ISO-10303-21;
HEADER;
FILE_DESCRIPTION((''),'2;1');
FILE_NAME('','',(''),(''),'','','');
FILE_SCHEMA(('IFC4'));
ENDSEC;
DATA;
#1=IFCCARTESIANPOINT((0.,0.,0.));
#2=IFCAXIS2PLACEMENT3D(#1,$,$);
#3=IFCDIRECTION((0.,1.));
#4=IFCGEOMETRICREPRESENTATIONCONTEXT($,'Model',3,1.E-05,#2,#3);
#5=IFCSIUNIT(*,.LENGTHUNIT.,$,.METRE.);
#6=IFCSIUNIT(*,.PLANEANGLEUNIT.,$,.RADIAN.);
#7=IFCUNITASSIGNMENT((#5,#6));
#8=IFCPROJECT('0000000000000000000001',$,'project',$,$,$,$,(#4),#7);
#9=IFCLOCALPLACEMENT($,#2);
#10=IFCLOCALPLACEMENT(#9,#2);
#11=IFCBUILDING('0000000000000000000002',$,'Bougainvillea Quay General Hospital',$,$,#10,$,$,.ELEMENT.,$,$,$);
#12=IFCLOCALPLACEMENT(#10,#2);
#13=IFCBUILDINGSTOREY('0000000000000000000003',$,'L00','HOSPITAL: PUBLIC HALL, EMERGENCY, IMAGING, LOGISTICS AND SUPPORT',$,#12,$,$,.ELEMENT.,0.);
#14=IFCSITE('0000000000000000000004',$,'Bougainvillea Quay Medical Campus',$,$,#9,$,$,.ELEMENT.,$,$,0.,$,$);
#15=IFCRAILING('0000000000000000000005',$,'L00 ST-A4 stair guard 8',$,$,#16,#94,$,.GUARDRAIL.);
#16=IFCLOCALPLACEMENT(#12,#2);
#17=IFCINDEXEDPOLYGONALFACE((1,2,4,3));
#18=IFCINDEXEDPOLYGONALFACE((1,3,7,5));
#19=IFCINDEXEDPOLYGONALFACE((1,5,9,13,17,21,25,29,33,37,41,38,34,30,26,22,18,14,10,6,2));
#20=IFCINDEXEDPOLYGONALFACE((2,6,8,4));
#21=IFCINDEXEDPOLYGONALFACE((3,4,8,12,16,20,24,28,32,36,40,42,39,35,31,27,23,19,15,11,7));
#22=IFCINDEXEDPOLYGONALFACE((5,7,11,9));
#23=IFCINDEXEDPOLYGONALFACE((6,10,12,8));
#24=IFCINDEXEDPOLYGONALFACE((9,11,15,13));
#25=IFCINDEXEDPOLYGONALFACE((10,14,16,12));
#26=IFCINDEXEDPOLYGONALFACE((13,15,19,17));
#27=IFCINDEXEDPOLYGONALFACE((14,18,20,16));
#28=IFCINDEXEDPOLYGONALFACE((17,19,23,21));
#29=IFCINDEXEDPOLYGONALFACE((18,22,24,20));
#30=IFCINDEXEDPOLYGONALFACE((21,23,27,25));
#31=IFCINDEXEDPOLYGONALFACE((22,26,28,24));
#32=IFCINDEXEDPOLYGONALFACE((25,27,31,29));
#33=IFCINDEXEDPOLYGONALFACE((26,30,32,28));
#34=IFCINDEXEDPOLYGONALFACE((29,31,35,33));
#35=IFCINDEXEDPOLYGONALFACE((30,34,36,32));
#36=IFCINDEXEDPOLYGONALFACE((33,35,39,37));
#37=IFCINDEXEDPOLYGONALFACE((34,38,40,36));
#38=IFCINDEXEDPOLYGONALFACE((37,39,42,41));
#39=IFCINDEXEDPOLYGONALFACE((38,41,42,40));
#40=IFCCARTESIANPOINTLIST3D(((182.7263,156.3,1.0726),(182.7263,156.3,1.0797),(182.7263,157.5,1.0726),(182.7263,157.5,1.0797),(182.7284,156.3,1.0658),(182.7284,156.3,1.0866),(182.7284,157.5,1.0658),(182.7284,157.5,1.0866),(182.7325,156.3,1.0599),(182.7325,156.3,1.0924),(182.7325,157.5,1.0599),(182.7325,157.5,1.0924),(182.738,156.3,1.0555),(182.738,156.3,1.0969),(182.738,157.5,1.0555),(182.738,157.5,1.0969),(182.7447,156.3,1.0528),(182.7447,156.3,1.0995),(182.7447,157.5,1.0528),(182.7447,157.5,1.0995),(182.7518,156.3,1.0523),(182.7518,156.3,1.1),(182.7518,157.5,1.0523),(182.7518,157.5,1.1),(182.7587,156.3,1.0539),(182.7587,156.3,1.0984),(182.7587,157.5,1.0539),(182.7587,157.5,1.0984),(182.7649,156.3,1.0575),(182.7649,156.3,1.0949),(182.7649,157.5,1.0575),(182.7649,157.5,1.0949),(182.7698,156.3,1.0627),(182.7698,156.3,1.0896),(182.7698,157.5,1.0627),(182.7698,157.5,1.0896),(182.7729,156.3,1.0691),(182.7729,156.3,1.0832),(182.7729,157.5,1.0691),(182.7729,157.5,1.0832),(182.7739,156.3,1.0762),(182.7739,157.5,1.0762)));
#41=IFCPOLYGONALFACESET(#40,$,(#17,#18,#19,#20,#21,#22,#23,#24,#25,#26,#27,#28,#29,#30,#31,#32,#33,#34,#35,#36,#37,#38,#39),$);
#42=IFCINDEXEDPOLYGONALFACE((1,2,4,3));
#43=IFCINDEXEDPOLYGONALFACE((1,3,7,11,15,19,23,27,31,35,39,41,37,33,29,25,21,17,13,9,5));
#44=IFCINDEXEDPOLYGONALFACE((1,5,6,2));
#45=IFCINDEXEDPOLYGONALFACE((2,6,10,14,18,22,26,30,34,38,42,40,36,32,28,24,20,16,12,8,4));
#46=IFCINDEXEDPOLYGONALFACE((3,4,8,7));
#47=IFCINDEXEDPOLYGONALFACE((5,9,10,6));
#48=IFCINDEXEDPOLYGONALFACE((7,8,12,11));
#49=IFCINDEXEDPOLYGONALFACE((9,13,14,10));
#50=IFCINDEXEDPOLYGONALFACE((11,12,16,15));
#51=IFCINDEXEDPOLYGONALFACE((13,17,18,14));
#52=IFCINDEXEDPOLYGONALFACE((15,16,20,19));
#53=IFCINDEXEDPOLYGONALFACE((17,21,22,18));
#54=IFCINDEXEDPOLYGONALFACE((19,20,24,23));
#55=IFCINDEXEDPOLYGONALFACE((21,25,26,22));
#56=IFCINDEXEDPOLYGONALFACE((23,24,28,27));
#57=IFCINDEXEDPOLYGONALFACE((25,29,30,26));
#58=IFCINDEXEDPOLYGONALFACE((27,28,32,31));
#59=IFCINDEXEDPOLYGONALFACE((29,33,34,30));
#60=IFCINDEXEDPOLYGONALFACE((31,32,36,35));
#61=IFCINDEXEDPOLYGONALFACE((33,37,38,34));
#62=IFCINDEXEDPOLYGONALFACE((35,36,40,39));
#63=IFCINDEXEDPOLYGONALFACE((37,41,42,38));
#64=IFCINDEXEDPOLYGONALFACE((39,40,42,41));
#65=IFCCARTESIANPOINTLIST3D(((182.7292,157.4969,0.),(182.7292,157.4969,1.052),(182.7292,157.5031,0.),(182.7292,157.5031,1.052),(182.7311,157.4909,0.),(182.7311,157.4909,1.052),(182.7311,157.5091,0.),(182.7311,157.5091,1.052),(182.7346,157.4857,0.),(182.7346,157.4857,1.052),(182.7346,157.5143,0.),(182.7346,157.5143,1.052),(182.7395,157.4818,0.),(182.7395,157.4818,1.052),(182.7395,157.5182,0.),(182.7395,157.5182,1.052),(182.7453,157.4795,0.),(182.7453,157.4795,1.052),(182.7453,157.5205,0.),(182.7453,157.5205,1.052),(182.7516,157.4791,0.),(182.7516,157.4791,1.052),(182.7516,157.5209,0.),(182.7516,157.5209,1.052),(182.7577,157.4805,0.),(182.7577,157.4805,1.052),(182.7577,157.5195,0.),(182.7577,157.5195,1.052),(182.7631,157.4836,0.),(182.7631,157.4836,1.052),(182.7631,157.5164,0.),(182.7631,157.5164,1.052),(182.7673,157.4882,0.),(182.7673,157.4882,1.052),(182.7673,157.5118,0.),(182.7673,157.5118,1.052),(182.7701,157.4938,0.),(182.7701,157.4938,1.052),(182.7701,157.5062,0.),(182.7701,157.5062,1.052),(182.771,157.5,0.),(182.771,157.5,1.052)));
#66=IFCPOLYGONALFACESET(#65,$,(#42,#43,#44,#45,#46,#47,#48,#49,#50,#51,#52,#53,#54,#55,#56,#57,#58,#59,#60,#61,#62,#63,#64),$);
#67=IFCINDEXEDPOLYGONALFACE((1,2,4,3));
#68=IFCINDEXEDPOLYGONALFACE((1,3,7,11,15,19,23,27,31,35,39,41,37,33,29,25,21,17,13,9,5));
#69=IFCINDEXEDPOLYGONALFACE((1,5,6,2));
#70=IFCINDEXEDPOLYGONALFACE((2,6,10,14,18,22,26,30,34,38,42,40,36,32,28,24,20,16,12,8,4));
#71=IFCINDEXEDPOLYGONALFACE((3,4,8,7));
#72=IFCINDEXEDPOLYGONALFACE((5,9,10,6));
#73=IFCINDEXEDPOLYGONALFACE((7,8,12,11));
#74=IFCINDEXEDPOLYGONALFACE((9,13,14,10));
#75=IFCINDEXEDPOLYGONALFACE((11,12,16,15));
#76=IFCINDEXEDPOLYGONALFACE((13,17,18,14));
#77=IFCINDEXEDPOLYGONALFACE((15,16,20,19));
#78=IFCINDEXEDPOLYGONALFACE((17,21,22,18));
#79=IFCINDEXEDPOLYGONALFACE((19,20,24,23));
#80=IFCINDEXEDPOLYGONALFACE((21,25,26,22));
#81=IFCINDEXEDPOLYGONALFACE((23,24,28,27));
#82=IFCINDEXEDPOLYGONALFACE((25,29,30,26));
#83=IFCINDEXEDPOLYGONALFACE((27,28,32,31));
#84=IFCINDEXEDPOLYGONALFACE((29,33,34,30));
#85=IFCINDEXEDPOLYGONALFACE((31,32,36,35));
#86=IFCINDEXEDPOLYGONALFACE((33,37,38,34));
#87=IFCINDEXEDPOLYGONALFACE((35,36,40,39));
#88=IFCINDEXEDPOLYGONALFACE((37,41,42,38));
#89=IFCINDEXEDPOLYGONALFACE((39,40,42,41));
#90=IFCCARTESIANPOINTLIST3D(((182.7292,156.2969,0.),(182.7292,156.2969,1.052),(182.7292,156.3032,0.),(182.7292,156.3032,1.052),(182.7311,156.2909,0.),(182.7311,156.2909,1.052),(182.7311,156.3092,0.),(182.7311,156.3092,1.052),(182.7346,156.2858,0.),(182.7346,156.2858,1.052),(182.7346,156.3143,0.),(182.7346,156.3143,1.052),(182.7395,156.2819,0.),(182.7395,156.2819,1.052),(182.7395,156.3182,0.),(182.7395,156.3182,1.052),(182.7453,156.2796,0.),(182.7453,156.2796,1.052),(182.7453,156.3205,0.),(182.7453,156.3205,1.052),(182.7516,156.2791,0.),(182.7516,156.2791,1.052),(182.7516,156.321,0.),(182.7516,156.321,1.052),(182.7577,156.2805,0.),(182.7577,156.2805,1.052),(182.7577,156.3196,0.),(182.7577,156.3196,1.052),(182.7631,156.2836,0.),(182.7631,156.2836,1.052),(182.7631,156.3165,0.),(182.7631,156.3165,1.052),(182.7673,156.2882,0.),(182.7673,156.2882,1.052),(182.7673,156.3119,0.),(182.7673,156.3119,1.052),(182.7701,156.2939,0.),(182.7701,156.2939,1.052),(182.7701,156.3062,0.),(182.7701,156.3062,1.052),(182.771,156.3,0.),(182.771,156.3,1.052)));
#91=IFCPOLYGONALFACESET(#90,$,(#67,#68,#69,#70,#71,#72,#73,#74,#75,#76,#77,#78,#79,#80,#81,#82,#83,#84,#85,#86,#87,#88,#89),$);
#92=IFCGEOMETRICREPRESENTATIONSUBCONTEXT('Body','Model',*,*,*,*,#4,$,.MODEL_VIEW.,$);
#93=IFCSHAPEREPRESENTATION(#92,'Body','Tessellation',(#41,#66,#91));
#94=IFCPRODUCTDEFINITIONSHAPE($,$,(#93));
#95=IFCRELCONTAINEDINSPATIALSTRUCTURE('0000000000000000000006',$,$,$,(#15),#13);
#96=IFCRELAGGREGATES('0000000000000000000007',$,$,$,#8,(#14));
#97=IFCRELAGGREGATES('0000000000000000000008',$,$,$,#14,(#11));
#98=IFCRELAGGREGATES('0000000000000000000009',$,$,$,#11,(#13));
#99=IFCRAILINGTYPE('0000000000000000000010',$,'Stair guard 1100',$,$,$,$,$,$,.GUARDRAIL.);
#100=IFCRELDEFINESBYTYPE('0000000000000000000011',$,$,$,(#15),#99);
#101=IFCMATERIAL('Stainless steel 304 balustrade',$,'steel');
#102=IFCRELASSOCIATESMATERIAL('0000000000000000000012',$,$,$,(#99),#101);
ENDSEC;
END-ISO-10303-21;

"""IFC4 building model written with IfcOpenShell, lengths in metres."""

from ifc_helpers import new_model, si_unit, direction, frame, origin, origin_2d, place, context, subcontext, project, spatial, circle, extrude, material, type_object, element, save


model = new_model("IFC4")

# Units and contexts
model_context = context("Model", 3, precision=1e-05, world=origin(), true_north=direction((0.0, 1.0)))
body_context = subcontext(model_context, "Body", "Model", "MODEL_VIEW")
ifc_project = project(units=[si_unit("LENGTHUNIT", "METRE"), si_unit("PLANEANGLEUNIT", "RADIAN")], contexts=[model_context])

# Site, building, storey
site_placement = place(None, origin())
site = spatial("IfcSite", under=ifc_project, at=site_placement, Name="Bougainvillea Quay Medical Campus", CompositionType="ELEMENT", RefElevation=0.0)
building_placement = place(site_placement, origin())
building = spatial("IfcBuilding", under=site, at=building_placement, Name="Bougainvillea Quay General Hospital", CompositionType="ELEMENT")
storey_placement = place(building_placement, origin())
storey = spatial("IfcBuildingStorey", under=building, at=storey_placement, Name="L00", Description="HOSPITAL: PUBLIC HALL, EMERGENCY, IMAGING, LOGISTICS AND SUPPORT", CompositionType="ELEMENT", Elevation=0.0)

# Railing
ifc_material_1 = material(Name="Stainless steel 304 balustrade", Category="steel")
railing_type_1 = type_object("IfcRailingType", Name="Stair guard 1100", PredefinedType="GUARDRAIL", material=ifc_material_1)
railing_1_placement = place(storey_placement, frame((182.75, 157.5, 0.0)))
element("IfcRailing", 1, at=railing_1_placement, inside=storey, type_object=railing_type_1, Name="L00 ST-A4 stair guard 8", PredefinedType="GUARDRAIL", context=body_context, shape_type="SweptSolid", body=[
    extrude(circle(Radius=0.0239, at=origin_2d()), frame((0.0, 0.0, 1.0762), z_axis=(0.0, -1.0, 0.0), x_axis=(1.0, 0.0, 0.0)), (0.0, 0.0, 1.0), 1.2),
    extrude(circle(Radius=0.021, at=origin_2d()), origin(), (0.0, 0.0, 1.0), 1.052),
    extrude(circle(Radius=0.021, at=origin_2d()), frame((0.0, -1.2, 0.0)), (0.0, 0.0, 1.0), 1.052),
])

save(model, "model.ifc")
